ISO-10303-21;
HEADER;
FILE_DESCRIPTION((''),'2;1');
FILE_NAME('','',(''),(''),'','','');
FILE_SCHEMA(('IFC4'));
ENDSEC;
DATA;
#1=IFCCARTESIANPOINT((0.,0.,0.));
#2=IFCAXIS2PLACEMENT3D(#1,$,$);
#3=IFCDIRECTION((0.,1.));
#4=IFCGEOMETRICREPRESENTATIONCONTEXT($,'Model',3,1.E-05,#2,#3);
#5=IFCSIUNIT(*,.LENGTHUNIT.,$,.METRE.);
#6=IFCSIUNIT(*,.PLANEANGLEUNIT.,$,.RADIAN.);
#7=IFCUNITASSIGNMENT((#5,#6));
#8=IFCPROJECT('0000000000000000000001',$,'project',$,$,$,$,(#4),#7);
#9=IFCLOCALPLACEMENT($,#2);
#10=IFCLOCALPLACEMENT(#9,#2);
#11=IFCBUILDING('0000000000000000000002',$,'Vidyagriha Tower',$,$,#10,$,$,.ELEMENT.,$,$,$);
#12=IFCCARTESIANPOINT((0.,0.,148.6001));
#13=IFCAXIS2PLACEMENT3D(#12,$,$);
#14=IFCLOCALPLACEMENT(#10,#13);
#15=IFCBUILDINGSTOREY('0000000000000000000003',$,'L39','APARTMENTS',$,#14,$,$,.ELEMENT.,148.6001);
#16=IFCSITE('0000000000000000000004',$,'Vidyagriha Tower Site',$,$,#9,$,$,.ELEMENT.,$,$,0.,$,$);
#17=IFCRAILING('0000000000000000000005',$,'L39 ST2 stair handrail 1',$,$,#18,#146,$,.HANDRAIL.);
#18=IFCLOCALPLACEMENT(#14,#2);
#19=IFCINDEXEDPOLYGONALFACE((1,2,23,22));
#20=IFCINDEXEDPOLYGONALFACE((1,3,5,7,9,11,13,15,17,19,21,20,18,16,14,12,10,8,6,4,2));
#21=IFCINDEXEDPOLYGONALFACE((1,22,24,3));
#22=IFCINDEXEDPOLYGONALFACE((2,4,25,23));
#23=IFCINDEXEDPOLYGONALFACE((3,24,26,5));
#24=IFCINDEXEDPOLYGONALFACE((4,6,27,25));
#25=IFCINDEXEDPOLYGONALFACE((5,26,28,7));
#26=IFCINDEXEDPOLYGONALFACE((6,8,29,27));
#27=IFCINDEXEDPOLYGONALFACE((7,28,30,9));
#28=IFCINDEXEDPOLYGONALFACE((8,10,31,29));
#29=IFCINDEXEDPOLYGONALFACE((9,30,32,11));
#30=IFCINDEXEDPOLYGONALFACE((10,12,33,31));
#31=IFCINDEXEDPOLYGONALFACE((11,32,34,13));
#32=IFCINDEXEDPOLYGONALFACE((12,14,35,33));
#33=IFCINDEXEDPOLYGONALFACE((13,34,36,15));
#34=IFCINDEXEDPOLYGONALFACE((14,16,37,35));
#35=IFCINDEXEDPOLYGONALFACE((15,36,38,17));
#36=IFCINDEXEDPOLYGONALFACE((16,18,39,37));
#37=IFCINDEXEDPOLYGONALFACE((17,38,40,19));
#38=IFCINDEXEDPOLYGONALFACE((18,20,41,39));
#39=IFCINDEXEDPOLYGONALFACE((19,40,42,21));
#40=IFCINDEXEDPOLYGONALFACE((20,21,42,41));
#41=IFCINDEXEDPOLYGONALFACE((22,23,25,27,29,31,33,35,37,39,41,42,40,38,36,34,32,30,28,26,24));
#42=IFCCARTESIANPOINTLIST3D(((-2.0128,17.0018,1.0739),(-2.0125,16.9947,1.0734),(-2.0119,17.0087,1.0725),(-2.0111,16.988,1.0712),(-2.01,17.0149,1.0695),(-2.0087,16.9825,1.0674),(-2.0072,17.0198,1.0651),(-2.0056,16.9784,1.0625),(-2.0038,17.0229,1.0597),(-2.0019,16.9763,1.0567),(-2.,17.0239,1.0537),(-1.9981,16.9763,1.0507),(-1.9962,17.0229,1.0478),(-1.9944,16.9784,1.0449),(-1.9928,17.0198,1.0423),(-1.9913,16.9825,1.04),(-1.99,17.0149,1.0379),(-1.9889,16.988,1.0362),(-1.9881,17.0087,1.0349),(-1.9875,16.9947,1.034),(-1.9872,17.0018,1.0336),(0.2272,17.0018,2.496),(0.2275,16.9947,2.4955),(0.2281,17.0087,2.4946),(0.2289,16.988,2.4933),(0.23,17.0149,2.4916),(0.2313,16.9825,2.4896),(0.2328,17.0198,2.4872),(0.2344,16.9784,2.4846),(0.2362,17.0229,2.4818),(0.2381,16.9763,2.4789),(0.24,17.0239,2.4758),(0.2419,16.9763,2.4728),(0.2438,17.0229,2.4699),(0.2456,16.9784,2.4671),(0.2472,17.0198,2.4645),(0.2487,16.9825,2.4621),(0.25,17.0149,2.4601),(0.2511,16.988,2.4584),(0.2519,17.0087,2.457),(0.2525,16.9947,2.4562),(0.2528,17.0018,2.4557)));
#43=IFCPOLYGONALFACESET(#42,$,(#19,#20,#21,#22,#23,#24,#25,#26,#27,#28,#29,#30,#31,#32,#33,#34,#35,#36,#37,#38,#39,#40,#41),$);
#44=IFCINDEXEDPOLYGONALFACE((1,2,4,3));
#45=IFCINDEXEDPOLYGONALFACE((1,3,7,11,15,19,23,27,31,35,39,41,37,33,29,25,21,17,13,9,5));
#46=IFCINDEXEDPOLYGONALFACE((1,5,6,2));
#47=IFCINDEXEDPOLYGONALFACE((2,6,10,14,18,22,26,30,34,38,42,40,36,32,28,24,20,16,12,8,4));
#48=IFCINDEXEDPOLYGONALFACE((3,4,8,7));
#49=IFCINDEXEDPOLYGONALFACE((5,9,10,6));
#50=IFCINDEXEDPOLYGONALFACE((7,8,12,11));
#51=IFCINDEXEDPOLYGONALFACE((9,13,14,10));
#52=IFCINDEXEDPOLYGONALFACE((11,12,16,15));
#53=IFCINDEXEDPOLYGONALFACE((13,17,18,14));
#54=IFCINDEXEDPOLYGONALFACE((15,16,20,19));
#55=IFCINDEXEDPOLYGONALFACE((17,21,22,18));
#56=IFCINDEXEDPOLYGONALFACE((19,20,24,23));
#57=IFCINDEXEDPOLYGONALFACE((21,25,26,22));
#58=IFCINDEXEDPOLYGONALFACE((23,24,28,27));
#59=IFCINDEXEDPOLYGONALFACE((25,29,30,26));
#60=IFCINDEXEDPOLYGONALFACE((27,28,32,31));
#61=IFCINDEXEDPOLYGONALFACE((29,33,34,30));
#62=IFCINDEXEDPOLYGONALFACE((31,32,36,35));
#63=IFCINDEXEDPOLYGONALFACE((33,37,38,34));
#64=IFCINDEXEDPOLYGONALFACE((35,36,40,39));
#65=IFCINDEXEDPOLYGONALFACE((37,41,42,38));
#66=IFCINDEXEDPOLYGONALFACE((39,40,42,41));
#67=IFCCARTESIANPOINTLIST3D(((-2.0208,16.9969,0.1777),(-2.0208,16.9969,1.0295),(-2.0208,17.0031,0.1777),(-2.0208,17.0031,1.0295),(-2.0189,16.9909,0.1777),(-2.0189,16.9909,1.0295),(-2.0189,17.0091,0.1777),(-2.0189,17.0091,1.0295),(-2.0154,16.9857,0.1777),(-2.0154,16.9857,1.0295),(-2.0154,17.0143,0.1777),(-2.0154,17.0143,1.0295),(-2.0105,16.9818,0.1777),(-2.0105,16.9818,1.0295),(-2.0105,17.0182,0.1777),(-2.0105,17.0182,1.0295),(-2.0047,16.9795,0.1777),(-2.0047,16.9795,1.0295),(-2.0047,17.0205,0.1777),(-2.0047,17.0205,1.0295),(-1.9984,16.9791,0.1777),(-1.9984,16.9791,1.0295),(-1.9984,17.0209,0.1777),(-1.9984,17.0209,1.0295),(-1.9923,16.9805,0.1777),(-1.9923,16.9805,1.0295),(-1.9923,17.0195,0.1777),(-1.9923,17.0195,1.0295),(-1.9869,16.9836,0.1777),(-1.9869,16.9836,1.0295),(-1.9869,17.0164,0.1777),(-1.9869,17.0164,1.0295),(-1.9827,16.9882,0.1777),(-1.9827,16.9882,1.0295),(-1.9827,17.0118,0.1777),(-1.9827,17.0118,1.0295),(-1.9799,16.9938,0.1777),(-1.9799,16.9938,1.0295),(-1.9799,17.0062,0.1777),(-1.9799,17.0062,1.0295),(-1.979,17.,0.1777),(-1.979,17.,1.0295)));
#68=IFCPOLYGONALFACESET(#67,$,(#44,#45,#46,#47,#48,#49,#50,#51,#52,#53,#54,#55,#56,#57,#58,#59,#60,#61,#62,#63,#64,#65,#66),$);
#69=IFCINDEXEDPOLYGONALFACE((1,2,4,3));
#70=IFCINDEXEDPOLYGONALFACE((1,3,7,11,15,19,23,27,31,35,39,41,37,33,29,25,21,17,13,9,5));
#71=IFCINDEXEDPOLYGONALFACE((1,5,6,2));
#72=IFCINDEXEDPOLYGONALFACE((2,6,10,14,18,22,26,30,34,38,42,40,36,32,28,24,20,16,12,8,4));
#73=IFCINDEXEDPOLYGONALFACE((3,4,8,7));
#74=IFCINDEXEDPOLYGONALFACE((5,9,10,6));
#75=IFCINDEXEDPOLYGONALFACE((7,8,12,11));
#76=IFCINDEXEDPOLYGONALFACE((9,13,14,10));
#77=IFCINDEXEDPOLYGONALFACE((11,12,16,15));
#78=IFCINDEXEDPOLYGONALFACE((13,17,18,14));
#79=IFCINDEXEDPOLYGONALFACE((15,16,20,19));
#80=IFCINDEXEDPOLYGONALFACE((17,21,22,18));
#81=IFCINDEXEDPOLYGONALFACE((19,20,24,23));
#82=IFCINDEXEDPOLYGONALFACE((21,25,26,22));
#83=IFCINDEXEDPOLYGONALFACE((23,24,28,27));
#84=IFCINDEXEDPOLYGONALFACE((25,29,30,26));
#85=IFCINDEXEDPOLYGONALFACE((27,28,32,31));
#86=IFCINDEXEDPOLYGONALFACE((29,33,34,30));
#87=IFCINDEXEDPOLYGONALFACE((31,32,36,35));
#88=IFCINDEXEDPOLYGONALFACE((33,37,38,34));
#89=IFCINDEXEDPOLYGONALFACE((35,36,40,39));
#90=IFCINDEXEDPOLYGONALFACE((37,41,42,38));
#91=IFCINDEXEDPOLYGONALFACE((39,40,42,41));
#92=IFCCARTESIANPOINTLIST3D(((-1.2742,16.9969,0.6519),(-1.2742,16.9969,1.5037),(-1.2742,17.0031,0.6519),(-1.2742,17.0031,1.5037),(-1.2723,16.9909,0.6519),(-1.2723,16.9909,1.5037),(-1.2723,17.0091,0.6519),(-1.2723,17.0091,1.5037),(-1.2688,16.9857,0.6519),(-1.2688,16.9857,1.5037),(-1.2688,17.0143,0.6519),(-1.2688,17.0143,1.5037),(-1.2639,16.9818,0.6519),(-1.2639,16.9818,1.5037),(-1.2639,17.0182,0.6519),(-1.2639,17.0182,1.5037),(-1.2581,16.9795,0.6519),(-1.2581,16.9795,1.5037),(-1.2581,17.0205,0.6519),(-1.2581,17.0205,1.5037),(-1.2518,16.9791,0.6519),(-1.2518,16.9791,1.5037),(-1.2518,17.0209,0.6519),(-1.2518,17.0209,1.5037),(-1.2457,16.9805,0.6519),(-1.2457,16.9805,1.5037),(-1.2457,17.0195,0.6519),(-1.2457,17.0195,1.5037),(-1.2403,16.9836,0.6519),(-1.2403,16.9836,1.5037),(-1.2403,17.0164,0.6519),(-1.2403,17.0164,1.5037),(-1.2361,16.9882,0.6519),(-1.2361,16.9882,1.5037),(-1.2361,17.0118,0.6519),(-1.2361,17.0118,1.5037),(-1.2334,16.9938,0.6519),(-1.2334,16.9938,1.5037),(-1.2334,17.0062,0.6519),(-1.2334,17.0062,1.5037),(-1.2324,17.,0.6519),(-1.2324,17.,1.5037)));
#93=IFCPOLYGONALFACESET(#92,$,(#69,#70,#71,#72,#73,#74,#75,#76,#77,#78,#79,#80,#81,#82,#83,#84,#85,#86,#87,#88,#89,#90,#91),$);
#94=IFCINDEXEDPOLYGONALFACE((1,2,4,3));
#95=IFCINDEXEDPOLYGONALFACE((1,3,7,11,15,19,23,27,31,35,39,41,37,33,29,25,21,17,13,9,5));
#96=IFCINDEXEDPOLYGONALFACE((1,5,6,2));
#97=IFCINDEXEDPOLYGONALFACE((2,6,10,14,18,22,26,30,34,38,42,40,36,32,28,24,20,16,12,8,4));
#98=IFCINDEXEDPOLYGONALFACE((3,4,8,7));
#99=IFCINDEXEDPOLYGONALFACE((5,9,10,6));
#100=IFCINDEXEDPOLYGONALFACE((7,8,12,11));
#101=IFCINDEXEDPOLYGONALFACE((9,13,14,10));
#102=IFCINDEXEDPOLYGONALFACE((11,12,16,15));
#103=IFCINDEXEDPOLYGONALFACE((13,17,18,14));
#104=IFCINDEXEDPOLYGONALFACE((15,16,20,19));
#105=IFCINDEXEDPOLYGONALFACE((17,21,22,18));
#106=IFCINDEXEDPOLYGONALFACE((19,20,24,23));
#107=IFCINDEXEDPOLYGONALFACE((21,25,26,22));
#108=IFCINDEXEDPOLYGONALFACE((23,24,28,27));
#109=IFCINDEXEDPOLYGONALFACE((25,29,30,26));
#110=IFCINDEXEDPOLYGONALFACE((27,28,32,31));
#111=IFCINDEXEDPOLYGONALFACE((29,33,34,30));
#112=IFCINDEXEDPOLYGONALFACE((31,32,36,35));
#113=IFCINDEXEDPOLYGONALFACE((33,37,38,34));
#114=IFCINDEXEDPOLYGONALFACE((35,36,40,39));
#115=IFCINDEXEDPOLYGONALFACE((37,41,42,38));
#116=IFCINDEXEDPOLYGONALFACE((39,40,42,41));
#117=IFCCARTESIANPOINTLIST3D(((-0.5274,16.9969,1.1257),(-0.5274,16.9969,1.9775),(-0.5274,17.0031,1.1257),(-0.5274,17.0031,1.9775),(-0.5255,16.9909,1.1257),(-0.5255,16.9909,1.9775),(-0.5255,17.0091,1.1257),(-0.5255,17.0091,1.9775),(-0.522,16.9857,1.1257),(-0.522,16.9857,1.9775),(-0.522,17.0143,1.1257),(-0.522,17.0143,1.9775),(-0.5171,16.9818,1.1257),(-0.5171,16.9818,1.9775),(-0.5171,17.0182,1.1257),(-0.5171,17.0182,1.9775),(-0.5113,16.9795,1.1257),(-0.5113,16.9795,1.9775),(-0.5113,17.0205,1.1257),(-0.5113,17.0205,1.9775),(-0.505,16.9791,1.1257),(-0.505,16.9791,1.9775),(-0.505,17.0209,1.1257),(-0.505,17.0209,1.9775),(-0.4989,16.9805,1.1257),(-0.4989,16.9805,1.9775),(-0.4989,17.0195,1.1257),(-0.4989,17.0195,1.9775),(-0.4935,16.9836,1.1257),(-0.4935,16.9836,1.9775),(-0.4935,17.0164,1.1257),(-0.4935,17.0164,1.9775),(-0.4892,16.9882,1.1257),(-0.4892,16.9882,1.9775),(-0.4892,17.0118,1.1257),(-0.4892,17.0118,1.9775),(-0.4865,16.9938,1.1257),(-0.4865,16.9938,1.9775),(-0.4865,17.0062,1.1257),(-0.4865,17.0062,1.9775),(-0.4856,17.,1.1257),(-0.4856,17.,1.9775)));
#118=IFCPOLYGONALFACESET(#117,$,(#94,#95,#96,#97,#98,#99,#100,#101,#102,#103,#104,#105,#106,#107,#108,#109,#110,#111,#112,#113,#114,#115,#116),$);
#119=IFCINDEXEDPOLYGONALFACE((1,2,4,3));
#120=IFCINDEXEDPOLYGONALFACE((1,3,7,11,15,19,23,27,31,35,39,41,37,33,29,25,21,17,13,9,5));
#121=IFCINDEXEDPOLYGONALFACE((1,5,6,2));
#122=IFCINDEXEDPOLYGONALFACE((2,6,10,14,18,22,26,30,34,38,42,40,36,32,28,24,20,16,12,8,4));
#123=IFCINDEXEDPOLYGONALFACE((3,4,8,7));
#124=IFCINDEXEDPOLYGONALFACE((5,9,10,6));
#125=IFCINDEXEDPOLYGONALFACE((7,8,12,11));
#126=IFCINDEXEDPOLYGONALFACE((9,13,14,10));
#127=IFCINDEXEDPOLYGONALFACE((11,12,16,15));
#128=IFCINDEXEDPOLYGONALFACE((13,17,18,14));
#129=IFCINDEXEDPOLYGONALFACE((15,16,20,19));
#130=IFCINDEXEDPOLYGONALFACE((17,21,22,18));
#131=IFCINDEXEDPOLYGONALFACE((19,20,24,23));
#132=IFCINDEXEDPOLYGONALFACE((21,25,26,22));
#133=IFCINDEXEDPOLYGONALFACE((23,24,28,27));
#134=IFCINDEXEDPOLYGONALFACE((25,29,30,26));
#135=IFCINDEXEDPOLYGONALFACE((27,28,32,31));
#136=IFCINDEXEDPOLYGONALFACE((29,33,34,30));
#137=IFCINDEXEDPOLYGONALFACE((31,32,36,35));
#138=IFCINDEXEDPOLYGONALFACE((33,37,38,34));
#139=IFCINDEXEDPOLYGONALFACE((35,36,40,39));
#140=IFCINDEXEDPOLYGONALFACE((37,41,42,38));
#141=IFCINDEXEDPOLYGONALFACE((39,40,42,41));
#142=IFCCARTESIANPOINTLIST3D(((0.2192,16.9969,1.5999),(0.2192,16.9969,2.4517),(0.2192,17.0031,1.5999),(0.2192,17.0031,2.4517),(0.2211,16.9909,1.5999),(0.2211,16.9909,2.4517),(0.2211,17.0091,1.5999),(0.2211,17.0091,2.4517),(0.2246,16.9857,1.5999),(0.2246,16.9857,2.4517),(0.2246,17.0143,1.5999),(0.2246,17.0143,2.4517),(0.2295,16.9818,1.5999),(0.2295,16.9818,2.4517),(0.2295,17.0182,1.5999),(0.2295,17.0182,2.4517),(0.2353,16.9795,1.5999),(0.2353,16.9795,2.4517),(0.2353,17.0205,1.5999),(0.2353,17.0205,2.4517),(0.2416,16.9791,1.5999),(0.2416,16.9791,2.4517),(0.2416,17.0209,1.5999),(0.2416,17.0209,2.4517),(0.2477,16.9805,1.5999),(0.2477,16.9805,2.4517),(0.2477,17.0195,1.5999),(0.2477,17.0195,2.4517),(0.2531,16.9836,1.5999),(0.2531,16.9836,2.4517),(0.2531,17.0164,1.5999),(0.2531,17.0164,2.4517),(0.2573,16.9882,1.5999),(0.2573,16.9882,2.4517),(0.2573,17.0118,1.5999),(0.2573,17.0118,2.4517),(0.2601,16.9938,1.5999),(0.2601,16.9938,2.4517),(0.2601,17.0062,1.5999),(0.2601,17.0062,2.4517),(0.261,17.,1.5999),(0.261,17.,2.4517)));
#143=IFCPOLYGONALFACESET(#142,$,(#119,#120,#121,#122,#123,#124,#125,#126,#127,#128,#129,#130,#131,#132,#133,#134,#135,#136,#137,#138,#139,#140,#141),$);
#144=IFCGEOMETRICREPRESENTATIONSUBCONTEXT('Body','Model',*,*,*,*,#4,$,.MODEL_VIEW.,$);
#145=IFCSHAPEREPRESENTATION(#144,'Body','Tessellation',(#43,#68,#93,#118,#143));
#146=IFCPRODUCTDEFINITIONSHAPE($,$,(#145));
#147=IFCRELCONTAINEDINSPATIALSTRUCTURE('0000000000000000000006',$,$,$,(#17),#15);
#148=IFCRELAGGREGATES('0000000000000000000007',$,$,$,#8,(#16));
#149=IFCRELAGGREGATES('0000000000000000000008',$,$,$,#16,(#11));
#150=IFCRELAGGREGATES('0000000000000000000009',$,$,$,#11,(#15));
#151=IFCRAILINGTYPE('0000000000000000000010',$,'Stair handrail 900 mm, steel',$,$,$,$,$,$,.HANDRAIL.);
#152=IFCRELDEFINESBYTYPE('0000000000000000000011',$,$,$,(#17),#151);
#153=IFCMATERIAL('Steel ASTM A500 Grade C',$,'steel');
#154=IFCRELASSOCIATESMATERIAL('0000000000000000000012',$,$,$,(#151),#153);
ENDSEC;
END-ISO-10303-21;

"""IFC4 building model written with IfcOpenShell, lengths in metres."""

from ifc_helpers import new_model, si_unit, direction, frame, origin, origin_2d, place, context, subcontext, project, spatial, circle, extrude, material, type_object, element, save


model = new_model("IFC4")

# Units and contexts
model_context = context("Model", 3, precision=1e-05, world=origin(), true_north=direction((0.0, 1.0)))
body_context = subcontext(model_context, "Body", "Model", "MODEL_VIEW")
ifc_project = project(units=[si_unit("LENGTHUNIT", "METRE"), si_unit("PLANEANGLEUNIT", "RADIAN")], contexts=[model_context])

# Site, building, storey
site_placement = place(None, origin())
site = spatial("IfcSite", under=ifc_project, at=site_placement, Name="Vidyagriha Tower Site", CompositionType="ELEMENT", RefElevation=0.0)
building_placement = place(site_placement, origin())
building = spatial("IfcBuilding", under=site, at=building_placement, Name="Vidyagriha Tower", CompositionType="ELEMENT")
storey_placement = place(building_placement, frame((0.0, 0.0, 148.6001)))
storey = spatial("IfcBuildingStorey", under=building, at=storey_placement, Name="L39", Description="APARTMENTS", CompositionType="ELEMENT", Elevation=148.6001)

# Railing
ifc_material_1 = material(Name="Steel ASTM A500 Grade C", Category="steel")
railing_type_1 = type_object("IfcRailingType", Name="Stair handrail 900 mm, steel", PredefinedType="HANDRAIL", material=ifc_material_1)
railing_1_placement = place(storey_placement, frame((-2.0, 17.0, 0.1777)))
element("IfcRailing", 1, at=railing_1_placement, inside=storey, type_object=railing_type_1, Name="L39 ST2 stair handrail 1", PredefinedType="HANDRAIL", context=body_context, shape_type="SweptSolid", body=[
    extrude(circle(Radius=0.0239, at=origin_2d()), frame((0.0, 0.0, 0.876), z_axis=(0.844229, 0.0, 0.535982), x_axis=(0.0, 1.0, 0.0)), (0.0, 0.0, 1.0), 2.6533),
    extrude(circle(Radius=0.021, at=origin_2d()), origin(), (0.0, 0.0, 1.0), 0.8518),
    extrude(circle(Radius=0.021, at=origin_2d()), frame((0.7466, 0.0, 0.4741)), (0.0, 0.0, 1.0), 0.8518),
    extrude(circle(Radius=0.021, at=origin_2d()), frame((1.4934, 0.0, 0.948)), (0.0, 0.0, 1.0), 0.8518),
    extrude(circle(Radius=0.021, at=origin_2d()), frame((2.24, 0.0, 1.4221)), (0.0, 0.0, 1.0), 0.8518),
])

save(model, "model.ifc")
